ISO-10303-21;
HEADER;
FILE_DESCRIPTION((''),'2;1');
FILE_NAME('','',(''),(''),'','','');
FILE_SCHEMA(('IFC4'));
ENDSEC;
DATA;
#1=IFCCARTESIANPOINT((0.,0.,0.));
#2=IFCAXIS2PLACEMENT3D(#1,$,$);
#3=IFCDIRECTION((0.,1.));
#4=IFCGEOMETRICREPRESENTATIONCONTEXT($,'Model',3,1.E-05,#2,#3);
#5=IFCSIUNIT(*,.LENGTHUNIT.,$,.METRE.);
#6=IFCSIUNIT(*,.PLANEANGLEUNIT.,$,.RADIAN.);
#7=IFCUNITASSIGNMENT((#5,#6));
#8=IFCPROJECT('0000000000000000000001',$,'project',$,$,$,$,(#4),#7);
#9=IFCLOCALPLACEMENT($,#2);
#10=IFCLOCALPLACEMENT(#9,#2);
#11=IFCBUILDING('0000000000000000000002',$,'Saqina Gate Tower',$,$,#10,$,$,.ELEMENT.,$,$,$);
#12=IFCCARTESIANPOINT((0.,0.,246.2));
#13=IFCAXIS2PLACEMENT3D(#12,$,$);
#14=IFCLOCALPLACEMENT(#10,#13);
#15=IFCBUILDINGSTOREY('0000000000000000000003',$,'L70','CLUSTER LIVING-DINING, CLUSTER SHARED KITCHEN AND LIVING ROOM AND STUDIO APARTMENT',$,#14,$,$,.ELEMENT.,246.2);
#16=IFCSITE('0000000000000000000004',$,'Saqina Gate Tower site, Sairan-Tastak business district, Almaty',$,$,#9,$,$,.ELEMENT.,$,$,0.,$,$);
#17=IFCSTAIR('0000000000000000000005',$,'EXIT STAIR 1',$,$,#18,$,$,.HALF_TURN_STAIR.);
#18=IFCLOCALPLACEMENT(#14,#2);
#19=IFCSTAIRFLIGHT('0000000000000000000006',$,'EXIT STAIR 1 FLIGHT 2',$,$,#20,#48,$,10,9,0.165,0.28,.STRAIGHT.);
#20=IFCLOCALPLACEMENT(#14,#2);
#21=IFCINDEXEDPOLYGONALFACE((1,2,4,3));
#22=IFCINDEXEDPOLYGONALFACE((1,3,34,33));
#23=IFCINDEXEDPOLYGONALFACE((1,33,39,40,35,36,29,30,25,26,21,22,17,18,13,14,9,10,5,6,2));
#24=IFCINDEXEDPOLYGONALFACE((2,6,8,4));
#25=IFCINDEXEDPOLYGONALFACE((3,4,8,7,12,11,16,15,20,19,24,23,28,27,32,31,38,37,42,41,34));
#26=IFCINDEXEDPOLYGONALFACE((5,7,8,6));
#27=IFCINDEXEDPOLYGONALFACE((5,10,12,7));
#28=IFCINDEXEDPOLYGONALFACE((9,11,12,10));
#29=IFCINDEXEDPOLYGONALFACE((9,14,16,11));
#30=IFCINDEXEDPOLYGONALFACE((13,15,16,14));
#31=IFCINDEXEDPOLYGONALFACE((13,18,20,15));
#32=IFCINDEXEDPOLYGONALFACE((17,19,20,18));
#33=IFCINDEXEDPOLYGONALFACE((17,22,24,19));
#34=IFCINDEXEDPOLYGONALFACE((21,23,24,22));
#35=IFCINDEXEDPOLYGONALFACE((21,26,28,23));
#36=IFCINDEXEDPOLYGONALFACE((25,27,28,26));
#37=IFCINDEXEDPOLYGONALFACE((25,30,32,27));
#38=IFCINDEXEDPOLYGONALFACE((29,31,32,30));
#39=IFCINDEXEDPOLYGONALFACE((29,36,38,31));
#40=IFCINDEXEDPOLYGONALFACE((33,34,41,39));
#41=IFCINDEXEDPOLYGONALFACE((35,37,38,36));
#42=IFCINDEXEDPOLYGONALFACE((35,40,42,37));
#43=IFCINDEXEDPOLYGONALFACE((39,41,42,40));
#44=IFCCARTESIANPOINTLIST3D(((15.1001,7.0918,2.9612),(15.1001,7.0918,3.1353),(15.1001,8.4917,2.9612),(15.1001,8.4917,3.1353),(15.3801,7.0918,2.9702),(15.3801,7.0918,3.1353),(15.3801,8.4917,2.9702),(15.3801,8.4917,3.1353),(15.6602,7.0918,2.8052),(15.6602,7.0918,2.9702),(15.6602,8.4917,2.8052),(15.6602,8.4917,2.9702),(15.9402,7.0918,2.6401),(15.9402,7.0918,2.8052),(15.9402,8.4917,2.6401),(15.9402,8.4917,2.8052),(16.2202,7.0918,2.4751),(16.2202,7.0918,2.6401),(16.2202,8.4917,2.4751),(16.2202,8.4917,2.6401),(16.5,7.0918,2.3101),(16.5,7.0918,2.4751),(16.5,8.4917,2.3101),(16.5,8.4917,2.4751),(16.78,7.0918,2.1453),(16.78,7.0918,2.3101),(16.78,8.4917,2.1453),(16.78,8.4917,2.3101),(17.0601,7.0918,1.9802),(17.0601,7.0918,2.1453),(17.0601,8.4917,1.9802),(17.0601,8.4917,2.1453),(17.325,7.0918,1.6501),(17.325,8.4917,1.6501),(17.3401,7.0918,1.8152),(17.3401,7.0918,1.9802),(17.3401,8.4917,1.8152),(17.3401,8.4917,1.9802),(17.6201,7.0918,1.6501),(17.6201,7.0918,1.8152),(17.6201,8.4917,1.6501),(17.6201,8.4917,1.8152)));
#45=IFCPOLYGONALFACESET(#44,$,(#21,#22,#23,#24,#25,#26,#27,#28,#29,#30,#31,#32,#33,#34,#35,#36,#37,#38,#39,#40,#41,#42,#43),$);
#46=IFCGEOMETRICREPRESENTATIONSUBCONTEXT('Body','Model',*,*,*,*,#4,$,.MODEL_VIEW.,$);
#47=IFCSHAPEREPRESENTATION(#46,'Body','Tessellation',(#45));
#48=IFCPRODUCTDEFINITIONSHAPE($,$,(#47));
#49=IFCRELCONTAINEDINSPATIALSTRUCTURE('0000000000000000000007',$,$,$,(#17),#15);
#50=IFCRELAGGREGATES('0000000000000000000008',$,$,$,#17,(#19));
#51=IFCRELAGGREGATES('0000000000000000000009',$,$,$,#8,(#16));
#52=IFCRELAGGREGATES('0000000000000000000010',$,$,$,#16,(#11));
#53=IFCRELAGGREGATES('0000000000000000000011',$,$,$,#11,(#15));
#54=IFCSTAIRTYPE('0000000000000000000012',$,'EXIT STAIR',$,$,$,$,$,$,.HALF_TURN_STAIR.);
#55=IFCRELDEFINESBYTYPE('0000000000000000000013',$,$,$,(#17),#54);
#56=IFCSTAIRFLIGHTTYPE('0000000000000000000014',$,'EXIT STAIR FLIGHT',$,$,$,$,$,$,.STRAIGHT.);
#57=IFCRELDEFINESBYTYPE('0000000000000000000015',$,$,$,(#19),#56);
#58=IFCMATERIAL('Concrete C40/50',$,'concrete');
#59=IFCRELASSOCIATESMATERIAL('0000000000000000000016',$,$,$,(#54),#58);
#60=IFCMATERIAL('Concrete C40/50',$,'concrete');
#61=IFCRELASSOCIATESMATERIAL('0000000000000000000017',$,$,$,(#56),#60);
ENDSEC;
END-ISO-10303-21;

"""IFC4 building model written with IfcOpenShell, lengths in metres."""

from ifc_helpers import new_model, si_unit, direction, frame, origin, place, context, subcontext, project, spatial, polyline, outline, extrude, material, type_object, element, aggregate, save


model = new_model("IFC4")

# Units and contexts
model_context = context("Model", 3, precision=1e-05, world=origin(), true_north=direction((0.0, 1.0)))
body_context = subcontext(model_context, "Body", "Model", "MODEL_VIEW")
ifc_project = project(units=[si_unit("LENGTHUNIT", "METRE"), si_unit("PLANEANGLEUNIT", "RADIAN")], contexts=[model_context])

# Site, building, storey
site_placement = place(None, origin())
site = spatial("IfcSite", under=ifc_project, at=site_placement, Name="Saqina Gate Tower site, Sairan-Tastak business district, Almaty", CompositionType="ELEMENT", RefElevation=0.0)
building_placement = place(site_placement, origin())
building = spatial("IfcBuilding", under=site, at=building_placement, Name="Saqina Gate Tower", CompositionType="ELEMENT")
storey_placement = place(building_placement, frame((0.0, 0.0, 246.2)))
storey = spatial("IfcBuildingStorey", under=building, at=storey_placement, Name="L70", Description="CLUSTER LIVING-DINING, CLUSTER SHARED KITCHEN AND LIVING ROOM AND STUDIO APARTMENT", CompositionType="ELEMENT", Elevation=246.2)

# Stair, stair flight
ifc_material_1 = material(Name="Concrete C40/50", Category="concrete")
stair_type = type_object("IfcStairType", Name="EXIT STAIR", PredefinedType="HALF_TURN_STAIR", material=ifc_material_1)
stair_placement = place(storey_placement, origin())
stair = element("IfcStair", 1, at=stair_placement, inside=storey, type_object=stair_type, Name="EXIT STAIR 1", PredefinedType="HALF_TURN_STAIR")
ifc_material_2 = material(Name="Concrete C40/50", Category="concrete")
stair_flight_type = type_object("IfcStairFlightType", Name="EXIT STAIR FLIGHT", PredefinedType="STRAIGHT", material=ifc_material_2)
stair_flight_placement = place(storey_placement, frame((17.6201, 7.7917, 1.6501), z_axis=(0.0, 0.0, 1.0), x_axis=(-1.0, 0.0, 0.0)))
stair_flight = element("IfcStairFlight", 2, at=stair_flight_placement, type_object=stair_flight_type, Name="EXIT STAIR 1 FLIGHT 2", NumberOfRisers=10, NumberOfTreads=9, PredefinedType="STRAIGHT", RiserHeight=0.165, TreadLength=0.28, context=body_context, shape_type="SweptSolid", body=[
    extrude(outline(polyline([(0.0, 0.0), (0.0, 0.165), (0.28, 0.165), (0.28, 0.3301), (0.5601, 0.3301), (0.5601, 0.4951), (0.8401, 0.4951), (0.8401, 0.6599), (1.1201, 0.6599), (1.1201, 0.825), (1.3999, 0.825), (1.3999, 0.99), (1.6799, 0.99), (1.6799, 1.155), (1.96, 1.155), (1.96, 1.3201), (2.24, 1.3201), (2.24, 1.4851), (2.52, 1.4851), (2.52, 1.6499), (2.52, 1.311), (0.2952, 0.0), (0.0, 0.0)])), frame((0.0, 0.7, 0.0), z_axis=(0.0, -1.0, 0.0), x_axis=(1.0, 0.0, 0.0)), (0.0, 0.0, 1.0), 1.3999),
])
aggregate(stair, [stair_flight])

save(model, "model.ifc")
